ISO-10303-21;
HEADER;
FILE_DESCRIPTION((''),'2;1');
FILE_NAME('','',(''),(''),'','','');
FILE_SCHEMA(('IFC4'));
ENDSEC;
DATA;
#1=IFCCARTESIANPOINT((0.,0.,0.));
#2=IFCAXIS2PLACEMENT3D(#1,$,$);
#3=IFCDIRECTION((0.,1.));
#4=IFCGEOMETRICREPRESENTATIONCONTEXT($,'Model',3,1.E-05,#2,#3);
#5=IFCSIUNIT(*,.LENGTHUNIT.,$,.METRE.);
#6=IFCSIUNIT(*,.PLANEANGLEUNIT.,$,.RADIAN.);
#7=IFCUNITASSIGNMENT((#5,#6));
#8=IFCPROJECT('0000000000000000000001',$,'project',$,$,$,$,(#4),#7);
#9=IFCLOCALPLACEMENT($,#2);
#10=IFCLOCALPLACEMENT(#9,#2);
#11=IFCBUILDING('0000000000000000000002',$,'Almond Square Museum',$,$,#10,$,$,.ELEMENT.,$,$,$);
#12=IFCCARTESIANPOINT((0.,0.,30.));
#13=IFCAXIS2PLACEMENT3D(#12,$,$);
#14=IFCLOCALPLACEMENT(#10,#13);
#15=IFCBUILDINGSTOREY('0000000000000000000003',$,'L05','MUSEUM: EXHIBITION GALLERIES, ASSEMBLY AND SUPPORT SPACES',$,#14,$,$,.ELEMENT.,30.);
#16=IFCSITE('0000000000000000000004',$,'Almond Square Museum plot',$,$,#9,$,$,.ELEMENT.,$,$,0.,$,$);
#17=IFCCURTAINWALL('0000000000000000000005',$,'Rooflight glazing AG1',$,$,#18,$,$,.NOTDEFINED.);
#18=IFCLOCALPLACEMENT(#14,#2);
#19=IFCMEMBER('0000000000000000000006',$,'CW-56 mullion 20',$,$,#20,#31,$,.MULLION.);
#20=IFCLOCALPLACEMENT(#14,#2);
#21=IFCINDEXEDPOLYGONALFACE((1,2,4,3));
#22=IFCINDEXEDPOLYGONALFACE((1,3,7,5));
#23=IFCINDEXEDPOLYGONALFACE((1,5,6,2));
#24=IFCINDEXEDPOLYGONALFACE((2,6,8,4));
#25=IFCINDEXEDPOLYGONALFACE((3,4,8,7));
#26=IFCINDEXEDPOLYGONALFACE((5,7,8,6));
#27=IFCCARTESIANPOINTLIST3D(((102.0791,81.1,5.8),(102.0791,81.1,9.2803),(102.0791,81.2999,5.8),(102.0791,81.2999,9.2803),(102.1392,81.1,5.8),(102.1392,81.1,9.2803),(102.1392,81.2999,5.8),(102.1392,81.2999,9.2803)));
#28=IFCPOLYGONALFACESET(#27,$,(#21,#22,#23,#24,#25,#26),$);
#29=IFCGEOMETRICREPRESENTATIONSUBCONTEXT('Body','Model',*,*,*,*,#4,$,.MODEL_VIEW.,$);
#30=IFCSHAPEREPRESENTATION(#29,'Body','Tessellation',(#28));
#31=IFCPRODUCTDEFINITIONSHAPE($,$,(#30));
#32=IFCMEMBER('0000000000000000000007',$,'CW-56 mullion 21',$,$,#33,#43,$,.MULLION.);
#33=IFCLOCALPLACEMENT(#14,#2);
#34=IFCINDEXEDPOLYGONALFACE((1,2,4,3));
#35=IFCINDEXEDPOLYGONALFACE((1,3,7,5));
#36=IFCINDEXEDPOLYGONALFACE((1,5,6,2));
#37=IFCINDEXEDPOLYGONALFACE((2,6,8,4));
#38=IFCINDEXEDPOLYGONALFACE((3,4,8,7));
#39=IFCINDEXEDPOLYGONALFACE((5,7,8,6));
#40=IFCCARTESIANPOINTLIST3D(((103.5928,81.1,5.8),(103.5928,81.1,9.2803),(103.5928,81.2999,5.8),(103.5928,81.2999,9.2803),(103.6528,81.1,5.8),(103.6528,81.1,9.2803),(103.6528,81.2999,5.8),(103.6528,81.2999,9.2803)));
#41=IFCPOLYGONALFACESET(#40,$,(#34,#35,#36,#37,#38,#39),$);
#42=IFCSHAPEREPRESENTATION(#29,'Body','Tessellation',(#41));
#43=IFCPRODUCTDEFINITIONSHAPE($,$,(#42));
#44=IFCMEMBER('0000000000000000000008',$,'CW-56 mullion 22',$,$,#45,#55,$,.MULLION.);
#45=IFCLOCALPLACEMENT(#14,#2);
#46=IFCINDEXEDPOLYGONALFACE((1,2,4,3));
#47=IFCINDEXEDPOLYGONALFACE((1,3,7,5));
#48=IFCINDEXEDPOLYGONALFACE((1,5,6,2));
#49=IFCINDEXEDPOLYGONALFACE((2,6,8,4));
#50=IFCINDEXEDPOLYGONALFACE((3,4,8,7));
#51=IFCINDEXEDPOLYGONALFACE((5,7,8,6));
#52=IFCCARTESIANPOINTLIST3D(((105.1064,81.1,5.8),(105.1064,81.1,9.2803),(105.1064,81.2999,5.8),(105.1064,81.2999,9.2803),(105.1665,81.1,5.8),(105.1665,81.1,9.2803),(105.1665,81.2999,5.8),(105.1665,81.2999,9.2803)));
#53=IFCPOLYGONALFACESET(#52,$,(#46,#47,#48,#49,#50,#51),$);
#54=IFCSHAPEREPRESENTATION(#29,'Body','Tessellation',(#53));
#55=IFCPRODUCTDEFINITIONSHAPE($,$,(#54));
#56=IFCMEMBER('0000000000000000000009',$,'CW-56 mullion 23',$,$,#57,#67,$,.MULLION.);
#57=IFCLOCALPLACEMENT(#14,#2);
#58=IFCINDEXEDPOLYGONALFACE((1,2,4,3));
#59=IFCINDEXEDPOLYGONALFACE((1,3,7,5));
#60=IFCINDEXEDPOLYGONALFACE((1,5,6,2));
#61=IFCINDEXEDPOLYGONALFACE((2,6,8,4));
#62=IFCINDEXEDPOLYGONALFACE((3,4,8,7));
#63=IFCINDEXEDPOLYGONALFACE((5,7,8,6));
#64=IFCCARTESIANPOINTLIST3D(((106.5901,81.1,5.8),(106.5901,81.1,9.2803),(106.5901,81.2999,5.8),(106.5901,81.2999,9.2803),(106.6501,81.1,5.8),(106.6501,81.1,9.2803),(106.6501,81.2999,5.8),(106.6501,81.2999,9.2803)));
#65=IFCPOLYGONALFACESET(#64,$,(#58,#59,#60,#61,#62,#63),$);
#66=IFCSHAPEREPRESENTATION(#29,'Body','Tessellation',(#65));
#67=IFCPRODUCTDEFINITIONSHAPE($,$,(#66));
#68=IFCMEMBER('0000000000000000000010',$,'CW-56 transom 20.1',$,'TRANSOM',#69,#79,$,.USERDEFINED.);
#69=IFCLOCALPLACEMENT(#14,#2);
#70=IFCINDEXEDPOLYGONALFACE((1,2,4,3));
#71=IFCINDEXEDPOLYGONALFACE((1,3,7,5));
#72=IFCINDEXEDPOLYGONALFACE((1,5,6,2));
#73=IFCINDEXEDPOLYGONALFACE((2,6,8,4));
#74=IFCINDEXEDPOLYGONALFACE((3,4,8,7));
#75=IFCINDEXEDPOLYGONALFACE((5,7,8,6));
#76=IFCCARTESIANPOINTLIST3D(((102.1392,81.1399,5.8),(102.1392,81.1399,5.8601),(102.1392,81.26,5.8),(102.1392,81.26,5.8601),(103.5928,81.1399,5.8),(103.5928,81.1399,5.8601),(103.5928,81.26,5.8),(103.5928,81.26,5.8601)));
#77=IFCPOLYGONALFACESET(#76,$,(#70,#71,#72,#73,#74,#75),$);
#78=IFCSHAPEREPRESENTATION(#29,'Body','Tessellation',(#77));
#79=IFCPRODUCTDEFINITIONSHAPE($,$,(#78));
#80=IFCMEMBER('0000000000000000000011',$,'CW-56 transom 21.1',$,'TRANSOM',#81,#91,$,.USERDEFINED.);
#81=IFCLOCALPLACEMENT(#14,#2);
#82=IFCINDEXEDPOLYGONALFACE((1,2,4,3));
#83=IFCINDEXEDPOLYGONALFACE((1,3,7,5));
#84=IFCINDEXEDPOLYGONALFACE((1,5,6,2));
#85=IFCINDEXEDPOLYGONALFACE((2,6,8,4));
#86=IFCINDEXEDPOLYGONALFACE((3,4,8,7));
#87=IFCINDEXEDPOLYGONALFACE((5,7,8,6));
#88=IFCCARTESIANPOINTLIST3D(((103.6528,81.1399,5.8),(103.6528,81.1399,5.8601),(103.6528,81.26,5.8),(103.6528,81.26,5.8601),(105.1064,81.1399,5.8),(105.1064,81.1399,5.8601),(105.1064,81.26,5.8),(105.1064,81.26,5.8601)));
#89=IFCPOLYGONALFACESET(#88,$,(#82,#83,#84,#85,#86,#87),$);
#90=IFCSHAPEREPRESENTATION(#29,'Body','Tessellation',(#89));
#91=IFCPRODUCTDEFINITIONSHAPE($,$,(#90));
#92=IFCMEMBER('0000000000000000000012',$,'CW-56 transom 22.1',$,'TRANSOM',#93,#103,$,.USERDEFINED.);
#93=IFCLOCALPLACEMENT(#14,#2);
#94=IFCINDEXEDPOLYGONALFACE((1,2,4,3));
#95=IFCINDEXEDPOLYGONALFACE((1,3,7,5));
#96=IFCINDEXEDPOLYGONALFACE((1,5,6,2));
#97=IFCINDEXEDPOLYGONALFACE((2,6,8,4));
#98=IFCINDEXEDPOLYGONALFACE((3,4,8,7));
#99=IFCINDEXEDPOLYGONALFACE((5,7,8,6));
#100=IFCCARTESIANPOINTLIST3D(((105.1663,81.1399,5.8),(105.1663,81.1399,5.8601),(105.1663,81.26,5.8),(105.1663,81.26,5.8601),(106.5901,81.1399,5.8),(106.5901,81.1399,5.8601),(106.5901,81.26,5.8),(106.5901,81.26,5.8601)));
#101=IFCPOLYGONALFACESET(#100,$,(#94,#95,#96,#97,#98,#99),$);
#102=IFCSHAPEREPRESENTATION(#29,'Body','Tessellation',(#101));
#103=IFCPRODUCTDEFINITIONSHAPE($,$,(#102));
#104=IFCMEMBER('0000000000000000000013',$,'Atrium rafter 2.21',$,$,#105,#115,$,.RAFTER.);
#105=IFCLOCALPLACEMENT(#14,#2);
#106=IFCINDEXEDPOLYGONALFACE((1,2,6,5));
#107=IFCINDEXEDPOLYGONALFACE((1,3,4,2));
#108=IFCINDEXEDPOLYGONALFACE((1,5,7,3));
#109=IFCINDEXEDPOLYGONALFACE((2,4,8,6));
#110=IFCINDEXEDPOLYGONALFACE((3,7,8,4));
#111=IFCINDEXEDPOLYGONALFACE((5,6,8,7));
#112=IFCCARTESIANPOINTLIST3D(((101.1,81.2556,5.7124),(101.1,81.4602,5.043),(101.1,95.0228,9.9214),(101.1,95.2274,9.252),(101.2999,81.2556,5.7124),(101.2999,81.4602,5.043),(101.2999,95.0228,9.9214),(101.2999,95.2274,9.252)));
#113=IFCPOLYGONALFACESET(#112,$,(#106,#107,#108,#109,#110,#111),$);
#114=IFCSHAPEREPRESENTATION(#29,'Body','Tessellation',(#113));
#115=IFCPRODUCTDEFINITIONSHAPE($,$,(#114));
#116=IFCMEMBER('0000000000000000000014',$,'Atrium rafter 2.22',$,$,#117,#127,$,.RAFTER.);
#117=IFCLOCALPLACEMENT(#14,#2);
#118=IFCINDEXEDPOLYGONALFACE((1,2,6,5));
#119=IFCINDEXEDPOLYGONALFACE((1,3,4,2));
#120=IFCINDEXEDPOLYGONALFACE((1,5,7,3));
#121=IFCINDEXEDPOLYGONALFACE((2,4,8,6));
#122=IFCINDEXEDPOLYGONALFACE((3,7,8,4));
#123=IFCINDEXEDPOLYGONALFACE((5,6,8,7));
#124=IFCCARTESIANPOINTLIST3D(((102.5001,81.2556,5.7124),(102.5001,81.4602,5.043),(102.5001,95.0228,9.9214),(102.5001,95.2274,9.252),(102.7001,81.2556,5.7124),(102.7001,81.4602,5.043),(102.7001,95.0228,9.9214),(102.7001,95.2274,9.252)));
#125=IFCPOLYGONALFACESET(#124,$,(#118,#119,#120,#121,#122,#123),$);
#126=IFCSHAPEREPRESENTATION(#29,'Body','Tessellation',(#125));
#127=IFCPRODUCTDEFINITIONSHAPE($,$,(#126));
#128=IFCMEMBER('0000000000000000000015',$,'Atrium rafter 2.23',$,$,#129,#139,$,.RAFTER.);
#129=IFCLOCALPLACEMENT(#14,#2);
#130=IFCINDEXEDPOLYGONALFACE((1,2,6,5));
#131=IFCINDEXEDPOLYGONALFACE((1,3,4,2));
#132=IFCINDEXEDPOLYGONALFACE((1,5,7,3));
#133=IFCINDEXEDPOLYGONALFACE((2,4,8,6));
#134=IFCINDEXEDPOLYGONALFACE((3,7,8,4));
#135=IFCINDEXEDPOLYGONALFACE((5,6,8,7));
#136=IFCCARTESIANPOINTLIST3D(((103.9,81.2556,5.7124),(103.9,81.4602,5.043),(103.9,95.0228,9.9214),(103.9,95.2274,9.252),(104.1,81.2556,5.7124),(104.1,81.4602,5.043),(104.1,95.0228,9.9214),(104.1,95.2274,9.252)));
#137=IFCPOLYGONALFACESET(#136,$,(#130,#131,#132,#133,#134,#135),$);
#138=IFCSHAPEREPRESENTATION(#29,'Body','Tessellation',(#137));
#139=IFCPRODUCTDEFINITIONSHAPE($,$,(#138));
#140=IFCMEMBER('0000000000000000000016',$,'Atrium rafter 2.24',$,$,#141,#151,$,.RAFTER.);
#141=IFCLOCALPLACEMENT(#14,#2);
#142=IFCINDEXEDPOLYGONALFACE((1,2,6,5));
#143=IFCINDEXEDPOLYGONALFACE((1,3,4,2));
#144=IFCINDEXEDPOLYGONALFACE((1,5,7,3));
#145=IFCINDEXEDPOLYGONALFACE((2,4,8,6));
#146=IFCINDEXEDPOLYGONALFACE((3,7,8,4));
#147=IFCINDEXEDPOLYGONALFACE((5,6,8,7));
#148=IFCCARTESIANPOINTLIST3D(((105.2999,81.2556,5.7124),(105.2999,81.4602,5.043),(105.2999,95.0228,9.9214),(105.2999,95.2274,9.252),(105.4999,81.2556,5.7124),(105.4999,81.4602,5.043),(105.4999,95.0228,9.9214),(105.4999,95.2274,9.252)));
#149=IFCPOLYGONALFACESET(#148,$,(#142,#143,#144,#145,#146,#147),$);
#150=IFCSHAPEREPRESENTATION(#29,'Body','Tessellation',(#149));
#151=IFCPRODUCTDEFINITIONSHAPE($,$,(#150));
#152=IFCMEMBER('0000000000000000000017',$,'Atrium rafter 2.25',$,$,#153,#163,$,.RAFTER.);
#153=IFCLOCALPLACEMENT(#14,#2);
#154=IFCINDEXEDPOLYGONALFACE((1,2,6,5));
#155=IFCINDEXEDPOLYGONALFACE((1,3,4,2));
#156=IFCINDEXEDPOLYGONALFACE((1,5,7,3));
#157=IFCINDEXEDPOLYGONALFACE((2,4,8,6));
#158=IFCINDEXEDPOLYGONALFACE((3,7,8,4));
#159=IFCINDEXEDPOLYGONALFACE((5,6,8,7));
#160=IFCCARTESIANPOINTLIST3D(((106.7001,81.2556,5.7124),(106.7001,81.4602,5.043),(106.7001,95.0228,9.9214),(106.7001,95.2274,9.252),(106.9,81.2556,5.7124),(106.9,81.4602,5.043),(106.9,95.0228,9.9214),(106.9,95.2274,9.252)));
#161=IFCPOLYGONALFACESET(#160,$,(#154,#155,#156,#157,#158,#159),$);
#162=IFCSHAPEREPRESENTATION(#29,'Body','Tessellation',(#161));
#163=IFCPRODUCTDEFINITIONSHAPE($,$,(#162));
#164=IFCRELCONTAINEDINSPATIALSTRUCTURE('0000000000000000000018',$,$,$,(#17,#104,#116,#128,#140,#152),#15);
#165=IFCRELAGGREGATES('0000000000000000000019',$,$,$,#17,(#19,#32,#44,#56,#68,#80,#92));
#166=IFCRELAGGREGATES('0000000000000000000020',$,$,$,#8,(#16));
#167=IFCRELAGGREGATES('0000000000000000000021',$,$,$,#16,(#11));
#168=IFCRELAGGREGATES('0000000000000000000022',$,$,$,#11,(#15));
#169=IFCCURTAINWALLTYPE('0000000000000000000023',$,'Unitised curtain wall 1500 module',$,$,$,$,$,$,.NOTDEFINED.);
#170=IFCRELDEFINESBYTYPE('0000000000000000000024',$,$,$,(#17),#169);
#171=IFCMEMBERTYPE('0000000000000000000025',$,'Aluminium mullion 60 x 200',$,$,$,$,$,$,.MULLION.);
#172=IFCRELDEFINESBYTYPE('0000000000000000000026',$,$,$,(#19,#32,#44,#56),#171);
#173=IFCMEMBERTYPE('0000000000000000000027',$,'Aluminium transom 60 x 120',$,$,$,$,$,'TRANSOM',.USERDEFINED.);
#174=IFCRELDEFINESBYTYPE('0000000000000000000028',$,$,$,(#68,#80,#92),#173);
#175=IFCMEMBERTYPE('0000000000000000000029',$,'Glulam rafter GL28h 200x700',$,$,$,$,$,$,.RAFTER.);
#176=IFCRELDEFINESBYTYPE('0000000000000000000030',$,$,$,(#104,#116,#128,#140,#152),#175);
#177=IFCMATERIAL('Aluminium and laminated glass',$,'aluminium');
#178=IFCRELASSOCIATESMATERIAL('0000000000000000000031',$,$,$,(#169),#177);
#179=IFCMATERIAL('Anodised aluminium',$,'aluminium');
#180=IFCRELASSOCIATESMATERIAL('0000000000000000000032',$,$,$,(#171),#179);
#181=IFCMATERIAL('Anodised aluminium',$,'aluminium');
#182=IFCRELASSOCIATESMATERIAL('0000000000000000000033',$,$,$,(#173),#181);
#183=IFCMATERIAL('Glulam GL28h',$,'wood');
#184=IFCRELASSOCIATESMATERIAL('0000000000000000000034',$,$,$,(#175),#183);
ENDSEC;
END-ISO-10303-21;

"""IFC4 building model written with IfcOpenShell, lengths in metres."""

from ifc_helpers import new_model, si_unit, direction, frame, origin, origin_2d, place, context, subcontext, project, spatial, rectangle, extrude, material, material_profile, profile_set, type_object, element, aggregate, save


model = new_model("IFC4")

# Units and contexts
model_context = context("Model", 3, precision=1e-05, world=origin(), true_north=direction((0.0, 1.0)))
body_context = subcontext(model_context, "Body", "Model", "MODEL_VIEW")
ifc_project = project(units=[si_unit("LENGTHUNIT", "METRE"), si_unit("PLANEANGLEUNIT", "RADIAN")], contexts=[model_context])

# Site, building, storey
site_placement = place(None, origin())
site = spatial("IfcSite", under=ifc_project, at=site_placement, Name="Almond Square Museum plot", CompositionType="ELEMENT", RefElevation=0.0)
building_placement = place(site_placement, origin())
building = spatial("IfcBuilding", under=site, at=building_placement, Name="Almond Square Museum", CompositionType="ELEMENT")
storey_placement = place(building_placement, frame((0.0, 0.0, 30.0)))
storey = spatial("IfcBuildingStorey", under=building, at=storey_placement, Name="L05", Description="MUSEUM: EXHIBITION GALLERIES, ASSEMBLY AND SUPPORT SPACES", CompositionType="ELEMENT", Elevation=30.0)

# Curtain wall, members
ifc_material_1 = material(Name="Aluminium and laminated glass", Category="aluminium")
curtain_wall_type = type_object("IfcCurtainWallType", Name="Unitised curtain wall 1500 module", PredefinedType="NOTDEFINED", material=ifc_material_1)
curtain_wall_placement = place(storey_placement, origin())
curtain_wall = element("IfcCurtainWall", 1, at=curtain_wall_placement, inside=storey, type_object=curtain_wall_type, Name="Rooflight glazing AG1", PredefinedType="NOTDEFINED")
ifc_material_2 = material(Name="Anodised aluminium", Category="aluminium")
ifc_material_profile_1 = material_profile(ifc_material_2, rectangle(XDim=0.2, YDim=0.0601, at=origin_2d()))
ifc_profile_set_1 = profile_set([ifc_material_profile_1], Name="Anodised aluminium")
member_type_1 = type_object("IfcMemberType", Name="Aluminium mullion 60 x 200", PredefinedType="MULLION", material=ifc_profile_set_1)
member_1_placement = place(storey_placement, frame((102.1091, 81.2, 5.8), z_axis=(0.0, 0.0, 1.0), x_axis=(0.0, 1.0, 0.0)))
member_1 = element("IfcMember", 2, at=member_1_placement, type_object=member_type_1, Name="CW-56 mullion 20", PredefinedType="MULLION", context=body_context, shape_type="SweptSolid", body=[
    extrude(rectangle(XDim=0.2, YDim=0.0601, at=origin_2d()), origin(), (0.0, 0.0, 1.0), 3.4802),
])
member_2_placement = place(storey_placement, frame((103.6228, 81.2, 5.8), z_axis=(0.0, 0.0, 1.0), x_axis=(0.0, 1.0, 0.0)))
member_2 = element("IfcMember", 3, at=member_2_placement, type_object=member_type_1, Name="CW-56 mullion 21", PredefinedType="MULLION", context=body_context, shape_type="SweptSolid", body=[
    extrude(rectangle(XDim=0.2, YDim=0.0601, at=origin_2d()), origin(), (0.0, 0.0, 1.0), 3.4802),
])
member_3_placement = place(storey_placement, frame((105.1365, 81.2, 5.8), z_axis=(0.0, 0.0, 1.0), x_axis=(0.0, 1.0, 0.0)))
member_3 = element("IfcMember", 4, at=member_3_placement, type_object=member_type_1, Name="CW-56 mullion 22", PredefinedType="MULLION", context=body_context, shape_type="SweptSolid", body=[
    extrude(rectangle(XDim=0.2, YDim=0.0601, at=origin_2d()), origin(), (0.0, 0.0, 1.0), 3.4802),
])
member_4_placement = place(storey_placement, frame((106.6201, 81.2, 5.8), z_axis=(0.0, 0.0, 1.0), x_axis=(0.0, 1.0, 0.0)))
member_4 = element("IfcMember", 5, at=member_4_placement, type_object=member_type_1, Name="CW-56 mullion 23", PredefinedType="MULLION", context=body_context, shape_type="SweptSolid", body=[
    extrude(rectangle(XDim=0.2, YDim=0.0601, at=origin_2d()), origin(), (0.0, 0.0, 1.0), 3.4802),
])
ifc_material_3 = material(Name="Anodised aluminium", Category="aluminium")
ifc_material_profile_2 = material_profile(ifc_material_3, rectangle(XDim=0.1201, YDim=0.0601, at=origin_2d()))
ifc_profile_set_2 = profile_set([ifc_material_profile_2], Name="Anodised aluminium")
member_type_2 = type_object("IfcMemberType", Name="Aluminium transom 60 x 120", ElementType="TRANSOM", PredefinedType="USERDEFINED", material=ifc_profile_set_2)
member_5_placement = place(storey_placement, frame((102.1392, 81.2, 5.8301), z_axis=(1.0, 0.0, 0.0), x_axis=(0.0, 1.0, 0.0)))
member_5 = element("IfcMember", 6, at=member_5_placement, type_object=member_type_2, Name="CW-56 transom 20.1", ObjectType="TRANSOM", PredefinedType="USERDEFINED", context=body_context, shape_type="SweptSolid", body=[
    extrude(rectangle(XDim=0.1201, YDim=0.0601, at=origin_2d()), origin(), (0.0, 0.0, 1.0), 1.4536),
])
member_6_placement = place(storey_placement, frame((103.6528, 81.2, 5.8301), z_axis=(1.0, 0.0, 0.0), x_axis=(0.0, 1.0, 0.0)))
member_6 = element("IfcMember", 7, at=member_6_placement, type_object=member_type_2, Name="CW-56 transom 21.1", ObjectType="TRANSOM", PredefinedType="USERDEFINED", context=body_context, shape_type="SweptSolid", body=[
    extrude(rectangle(XDim=0.1201, YDim=0.0601, at=origin_2d()), origin(), (0.0, 0.0, 1.0), 1.4536),
])
member_7_placement = place(storey_placement, frame((105.1663, 81.2, 5.8301), z_axis=(1.0, 0.0, 0.0), x_axis=(0.0, 1.0, 0.0)))
member_7 = element("IfcMember", 8, at=member_7_placement, type_object=member_type_2, Name="CW-56 transom 22.1", ObjectType="TRANSOM", PredefinedType="USERDEFINED", context=body_context, shape_type="SweptSolid", body=[
    extrude(rectangle(XDim=0.1201, YDim=0.0601, at=origin_2d()), origin(), (0.0, 0.0, 1.0), 1.4238),
])

# Members
ifc_material_4 = material(Name="Glulam GL28h", Category="wood")
ifc_material_profile_3 = material_profile(ifc_material_4, rectangle(XDim=0.2, YDim=0.7, at=origin_2d()))
ifc_profile_set_3 = profile_set([ifc_material_profile_3], Name="Glulam GL28h")
member_type_3 = type_object("IfcMemberType", Name="Glulam rafter GL28h 200x700", PredefinedType="RAFTER", material=ifc_profile_set_3)
for number, where, z_axis, x_axis, name in (
    (9, (101.2, 81.3579, 5.3777), (0.0, 0.956305, 0.292369), (-1.0, 0.0, 0.0), "Atrium rafter 2.21"),
    (10, (102.6001, 81.3579, 5.3777), (0.0, 0.956305, 0.292369), (-1.0, 0.0, 0.0), "Atrium rafter 2.22"),
    (11, (104.0, 81.3579, 5.3777), (0.0, 0.956305, 0.292369), (-1.0, 0.0, 0.0), "Atrium rafter 2.23"),
    (12, (105.3999, 81.3579, 5.3777), (0.0, 0.956305, 0.292369), (-1.0, 0.0, 0.0), "Atrium rafter 2.24"),
    (13, (106.8, 81.3579, 5.3777), (0.0, 0.956305, 0.292369), (-1.0, 0.0, 0.0), "Atrium rafter 2.25"),
):
    element("IfcMember", number, at=place(storey_placement, frame(where, z_axis=z_axis, x_axis=x_axis)), inside=storey, type_object=member_type_3, Name=name, PredefinedType="RAFTER", context=body_context, shape_type="SweptSolid", body=[
        extrude(rectangle(XDim=0.2, YDim=0.7, at=origin_2d()), origin(), (0.0, 0.0, 1.0), 14.3962),
    ])

aggregate(curtain_wall, [member_1, member_2, member_3, member_4, member_5, member_6, member_7])

save(model, "model.ifc")
